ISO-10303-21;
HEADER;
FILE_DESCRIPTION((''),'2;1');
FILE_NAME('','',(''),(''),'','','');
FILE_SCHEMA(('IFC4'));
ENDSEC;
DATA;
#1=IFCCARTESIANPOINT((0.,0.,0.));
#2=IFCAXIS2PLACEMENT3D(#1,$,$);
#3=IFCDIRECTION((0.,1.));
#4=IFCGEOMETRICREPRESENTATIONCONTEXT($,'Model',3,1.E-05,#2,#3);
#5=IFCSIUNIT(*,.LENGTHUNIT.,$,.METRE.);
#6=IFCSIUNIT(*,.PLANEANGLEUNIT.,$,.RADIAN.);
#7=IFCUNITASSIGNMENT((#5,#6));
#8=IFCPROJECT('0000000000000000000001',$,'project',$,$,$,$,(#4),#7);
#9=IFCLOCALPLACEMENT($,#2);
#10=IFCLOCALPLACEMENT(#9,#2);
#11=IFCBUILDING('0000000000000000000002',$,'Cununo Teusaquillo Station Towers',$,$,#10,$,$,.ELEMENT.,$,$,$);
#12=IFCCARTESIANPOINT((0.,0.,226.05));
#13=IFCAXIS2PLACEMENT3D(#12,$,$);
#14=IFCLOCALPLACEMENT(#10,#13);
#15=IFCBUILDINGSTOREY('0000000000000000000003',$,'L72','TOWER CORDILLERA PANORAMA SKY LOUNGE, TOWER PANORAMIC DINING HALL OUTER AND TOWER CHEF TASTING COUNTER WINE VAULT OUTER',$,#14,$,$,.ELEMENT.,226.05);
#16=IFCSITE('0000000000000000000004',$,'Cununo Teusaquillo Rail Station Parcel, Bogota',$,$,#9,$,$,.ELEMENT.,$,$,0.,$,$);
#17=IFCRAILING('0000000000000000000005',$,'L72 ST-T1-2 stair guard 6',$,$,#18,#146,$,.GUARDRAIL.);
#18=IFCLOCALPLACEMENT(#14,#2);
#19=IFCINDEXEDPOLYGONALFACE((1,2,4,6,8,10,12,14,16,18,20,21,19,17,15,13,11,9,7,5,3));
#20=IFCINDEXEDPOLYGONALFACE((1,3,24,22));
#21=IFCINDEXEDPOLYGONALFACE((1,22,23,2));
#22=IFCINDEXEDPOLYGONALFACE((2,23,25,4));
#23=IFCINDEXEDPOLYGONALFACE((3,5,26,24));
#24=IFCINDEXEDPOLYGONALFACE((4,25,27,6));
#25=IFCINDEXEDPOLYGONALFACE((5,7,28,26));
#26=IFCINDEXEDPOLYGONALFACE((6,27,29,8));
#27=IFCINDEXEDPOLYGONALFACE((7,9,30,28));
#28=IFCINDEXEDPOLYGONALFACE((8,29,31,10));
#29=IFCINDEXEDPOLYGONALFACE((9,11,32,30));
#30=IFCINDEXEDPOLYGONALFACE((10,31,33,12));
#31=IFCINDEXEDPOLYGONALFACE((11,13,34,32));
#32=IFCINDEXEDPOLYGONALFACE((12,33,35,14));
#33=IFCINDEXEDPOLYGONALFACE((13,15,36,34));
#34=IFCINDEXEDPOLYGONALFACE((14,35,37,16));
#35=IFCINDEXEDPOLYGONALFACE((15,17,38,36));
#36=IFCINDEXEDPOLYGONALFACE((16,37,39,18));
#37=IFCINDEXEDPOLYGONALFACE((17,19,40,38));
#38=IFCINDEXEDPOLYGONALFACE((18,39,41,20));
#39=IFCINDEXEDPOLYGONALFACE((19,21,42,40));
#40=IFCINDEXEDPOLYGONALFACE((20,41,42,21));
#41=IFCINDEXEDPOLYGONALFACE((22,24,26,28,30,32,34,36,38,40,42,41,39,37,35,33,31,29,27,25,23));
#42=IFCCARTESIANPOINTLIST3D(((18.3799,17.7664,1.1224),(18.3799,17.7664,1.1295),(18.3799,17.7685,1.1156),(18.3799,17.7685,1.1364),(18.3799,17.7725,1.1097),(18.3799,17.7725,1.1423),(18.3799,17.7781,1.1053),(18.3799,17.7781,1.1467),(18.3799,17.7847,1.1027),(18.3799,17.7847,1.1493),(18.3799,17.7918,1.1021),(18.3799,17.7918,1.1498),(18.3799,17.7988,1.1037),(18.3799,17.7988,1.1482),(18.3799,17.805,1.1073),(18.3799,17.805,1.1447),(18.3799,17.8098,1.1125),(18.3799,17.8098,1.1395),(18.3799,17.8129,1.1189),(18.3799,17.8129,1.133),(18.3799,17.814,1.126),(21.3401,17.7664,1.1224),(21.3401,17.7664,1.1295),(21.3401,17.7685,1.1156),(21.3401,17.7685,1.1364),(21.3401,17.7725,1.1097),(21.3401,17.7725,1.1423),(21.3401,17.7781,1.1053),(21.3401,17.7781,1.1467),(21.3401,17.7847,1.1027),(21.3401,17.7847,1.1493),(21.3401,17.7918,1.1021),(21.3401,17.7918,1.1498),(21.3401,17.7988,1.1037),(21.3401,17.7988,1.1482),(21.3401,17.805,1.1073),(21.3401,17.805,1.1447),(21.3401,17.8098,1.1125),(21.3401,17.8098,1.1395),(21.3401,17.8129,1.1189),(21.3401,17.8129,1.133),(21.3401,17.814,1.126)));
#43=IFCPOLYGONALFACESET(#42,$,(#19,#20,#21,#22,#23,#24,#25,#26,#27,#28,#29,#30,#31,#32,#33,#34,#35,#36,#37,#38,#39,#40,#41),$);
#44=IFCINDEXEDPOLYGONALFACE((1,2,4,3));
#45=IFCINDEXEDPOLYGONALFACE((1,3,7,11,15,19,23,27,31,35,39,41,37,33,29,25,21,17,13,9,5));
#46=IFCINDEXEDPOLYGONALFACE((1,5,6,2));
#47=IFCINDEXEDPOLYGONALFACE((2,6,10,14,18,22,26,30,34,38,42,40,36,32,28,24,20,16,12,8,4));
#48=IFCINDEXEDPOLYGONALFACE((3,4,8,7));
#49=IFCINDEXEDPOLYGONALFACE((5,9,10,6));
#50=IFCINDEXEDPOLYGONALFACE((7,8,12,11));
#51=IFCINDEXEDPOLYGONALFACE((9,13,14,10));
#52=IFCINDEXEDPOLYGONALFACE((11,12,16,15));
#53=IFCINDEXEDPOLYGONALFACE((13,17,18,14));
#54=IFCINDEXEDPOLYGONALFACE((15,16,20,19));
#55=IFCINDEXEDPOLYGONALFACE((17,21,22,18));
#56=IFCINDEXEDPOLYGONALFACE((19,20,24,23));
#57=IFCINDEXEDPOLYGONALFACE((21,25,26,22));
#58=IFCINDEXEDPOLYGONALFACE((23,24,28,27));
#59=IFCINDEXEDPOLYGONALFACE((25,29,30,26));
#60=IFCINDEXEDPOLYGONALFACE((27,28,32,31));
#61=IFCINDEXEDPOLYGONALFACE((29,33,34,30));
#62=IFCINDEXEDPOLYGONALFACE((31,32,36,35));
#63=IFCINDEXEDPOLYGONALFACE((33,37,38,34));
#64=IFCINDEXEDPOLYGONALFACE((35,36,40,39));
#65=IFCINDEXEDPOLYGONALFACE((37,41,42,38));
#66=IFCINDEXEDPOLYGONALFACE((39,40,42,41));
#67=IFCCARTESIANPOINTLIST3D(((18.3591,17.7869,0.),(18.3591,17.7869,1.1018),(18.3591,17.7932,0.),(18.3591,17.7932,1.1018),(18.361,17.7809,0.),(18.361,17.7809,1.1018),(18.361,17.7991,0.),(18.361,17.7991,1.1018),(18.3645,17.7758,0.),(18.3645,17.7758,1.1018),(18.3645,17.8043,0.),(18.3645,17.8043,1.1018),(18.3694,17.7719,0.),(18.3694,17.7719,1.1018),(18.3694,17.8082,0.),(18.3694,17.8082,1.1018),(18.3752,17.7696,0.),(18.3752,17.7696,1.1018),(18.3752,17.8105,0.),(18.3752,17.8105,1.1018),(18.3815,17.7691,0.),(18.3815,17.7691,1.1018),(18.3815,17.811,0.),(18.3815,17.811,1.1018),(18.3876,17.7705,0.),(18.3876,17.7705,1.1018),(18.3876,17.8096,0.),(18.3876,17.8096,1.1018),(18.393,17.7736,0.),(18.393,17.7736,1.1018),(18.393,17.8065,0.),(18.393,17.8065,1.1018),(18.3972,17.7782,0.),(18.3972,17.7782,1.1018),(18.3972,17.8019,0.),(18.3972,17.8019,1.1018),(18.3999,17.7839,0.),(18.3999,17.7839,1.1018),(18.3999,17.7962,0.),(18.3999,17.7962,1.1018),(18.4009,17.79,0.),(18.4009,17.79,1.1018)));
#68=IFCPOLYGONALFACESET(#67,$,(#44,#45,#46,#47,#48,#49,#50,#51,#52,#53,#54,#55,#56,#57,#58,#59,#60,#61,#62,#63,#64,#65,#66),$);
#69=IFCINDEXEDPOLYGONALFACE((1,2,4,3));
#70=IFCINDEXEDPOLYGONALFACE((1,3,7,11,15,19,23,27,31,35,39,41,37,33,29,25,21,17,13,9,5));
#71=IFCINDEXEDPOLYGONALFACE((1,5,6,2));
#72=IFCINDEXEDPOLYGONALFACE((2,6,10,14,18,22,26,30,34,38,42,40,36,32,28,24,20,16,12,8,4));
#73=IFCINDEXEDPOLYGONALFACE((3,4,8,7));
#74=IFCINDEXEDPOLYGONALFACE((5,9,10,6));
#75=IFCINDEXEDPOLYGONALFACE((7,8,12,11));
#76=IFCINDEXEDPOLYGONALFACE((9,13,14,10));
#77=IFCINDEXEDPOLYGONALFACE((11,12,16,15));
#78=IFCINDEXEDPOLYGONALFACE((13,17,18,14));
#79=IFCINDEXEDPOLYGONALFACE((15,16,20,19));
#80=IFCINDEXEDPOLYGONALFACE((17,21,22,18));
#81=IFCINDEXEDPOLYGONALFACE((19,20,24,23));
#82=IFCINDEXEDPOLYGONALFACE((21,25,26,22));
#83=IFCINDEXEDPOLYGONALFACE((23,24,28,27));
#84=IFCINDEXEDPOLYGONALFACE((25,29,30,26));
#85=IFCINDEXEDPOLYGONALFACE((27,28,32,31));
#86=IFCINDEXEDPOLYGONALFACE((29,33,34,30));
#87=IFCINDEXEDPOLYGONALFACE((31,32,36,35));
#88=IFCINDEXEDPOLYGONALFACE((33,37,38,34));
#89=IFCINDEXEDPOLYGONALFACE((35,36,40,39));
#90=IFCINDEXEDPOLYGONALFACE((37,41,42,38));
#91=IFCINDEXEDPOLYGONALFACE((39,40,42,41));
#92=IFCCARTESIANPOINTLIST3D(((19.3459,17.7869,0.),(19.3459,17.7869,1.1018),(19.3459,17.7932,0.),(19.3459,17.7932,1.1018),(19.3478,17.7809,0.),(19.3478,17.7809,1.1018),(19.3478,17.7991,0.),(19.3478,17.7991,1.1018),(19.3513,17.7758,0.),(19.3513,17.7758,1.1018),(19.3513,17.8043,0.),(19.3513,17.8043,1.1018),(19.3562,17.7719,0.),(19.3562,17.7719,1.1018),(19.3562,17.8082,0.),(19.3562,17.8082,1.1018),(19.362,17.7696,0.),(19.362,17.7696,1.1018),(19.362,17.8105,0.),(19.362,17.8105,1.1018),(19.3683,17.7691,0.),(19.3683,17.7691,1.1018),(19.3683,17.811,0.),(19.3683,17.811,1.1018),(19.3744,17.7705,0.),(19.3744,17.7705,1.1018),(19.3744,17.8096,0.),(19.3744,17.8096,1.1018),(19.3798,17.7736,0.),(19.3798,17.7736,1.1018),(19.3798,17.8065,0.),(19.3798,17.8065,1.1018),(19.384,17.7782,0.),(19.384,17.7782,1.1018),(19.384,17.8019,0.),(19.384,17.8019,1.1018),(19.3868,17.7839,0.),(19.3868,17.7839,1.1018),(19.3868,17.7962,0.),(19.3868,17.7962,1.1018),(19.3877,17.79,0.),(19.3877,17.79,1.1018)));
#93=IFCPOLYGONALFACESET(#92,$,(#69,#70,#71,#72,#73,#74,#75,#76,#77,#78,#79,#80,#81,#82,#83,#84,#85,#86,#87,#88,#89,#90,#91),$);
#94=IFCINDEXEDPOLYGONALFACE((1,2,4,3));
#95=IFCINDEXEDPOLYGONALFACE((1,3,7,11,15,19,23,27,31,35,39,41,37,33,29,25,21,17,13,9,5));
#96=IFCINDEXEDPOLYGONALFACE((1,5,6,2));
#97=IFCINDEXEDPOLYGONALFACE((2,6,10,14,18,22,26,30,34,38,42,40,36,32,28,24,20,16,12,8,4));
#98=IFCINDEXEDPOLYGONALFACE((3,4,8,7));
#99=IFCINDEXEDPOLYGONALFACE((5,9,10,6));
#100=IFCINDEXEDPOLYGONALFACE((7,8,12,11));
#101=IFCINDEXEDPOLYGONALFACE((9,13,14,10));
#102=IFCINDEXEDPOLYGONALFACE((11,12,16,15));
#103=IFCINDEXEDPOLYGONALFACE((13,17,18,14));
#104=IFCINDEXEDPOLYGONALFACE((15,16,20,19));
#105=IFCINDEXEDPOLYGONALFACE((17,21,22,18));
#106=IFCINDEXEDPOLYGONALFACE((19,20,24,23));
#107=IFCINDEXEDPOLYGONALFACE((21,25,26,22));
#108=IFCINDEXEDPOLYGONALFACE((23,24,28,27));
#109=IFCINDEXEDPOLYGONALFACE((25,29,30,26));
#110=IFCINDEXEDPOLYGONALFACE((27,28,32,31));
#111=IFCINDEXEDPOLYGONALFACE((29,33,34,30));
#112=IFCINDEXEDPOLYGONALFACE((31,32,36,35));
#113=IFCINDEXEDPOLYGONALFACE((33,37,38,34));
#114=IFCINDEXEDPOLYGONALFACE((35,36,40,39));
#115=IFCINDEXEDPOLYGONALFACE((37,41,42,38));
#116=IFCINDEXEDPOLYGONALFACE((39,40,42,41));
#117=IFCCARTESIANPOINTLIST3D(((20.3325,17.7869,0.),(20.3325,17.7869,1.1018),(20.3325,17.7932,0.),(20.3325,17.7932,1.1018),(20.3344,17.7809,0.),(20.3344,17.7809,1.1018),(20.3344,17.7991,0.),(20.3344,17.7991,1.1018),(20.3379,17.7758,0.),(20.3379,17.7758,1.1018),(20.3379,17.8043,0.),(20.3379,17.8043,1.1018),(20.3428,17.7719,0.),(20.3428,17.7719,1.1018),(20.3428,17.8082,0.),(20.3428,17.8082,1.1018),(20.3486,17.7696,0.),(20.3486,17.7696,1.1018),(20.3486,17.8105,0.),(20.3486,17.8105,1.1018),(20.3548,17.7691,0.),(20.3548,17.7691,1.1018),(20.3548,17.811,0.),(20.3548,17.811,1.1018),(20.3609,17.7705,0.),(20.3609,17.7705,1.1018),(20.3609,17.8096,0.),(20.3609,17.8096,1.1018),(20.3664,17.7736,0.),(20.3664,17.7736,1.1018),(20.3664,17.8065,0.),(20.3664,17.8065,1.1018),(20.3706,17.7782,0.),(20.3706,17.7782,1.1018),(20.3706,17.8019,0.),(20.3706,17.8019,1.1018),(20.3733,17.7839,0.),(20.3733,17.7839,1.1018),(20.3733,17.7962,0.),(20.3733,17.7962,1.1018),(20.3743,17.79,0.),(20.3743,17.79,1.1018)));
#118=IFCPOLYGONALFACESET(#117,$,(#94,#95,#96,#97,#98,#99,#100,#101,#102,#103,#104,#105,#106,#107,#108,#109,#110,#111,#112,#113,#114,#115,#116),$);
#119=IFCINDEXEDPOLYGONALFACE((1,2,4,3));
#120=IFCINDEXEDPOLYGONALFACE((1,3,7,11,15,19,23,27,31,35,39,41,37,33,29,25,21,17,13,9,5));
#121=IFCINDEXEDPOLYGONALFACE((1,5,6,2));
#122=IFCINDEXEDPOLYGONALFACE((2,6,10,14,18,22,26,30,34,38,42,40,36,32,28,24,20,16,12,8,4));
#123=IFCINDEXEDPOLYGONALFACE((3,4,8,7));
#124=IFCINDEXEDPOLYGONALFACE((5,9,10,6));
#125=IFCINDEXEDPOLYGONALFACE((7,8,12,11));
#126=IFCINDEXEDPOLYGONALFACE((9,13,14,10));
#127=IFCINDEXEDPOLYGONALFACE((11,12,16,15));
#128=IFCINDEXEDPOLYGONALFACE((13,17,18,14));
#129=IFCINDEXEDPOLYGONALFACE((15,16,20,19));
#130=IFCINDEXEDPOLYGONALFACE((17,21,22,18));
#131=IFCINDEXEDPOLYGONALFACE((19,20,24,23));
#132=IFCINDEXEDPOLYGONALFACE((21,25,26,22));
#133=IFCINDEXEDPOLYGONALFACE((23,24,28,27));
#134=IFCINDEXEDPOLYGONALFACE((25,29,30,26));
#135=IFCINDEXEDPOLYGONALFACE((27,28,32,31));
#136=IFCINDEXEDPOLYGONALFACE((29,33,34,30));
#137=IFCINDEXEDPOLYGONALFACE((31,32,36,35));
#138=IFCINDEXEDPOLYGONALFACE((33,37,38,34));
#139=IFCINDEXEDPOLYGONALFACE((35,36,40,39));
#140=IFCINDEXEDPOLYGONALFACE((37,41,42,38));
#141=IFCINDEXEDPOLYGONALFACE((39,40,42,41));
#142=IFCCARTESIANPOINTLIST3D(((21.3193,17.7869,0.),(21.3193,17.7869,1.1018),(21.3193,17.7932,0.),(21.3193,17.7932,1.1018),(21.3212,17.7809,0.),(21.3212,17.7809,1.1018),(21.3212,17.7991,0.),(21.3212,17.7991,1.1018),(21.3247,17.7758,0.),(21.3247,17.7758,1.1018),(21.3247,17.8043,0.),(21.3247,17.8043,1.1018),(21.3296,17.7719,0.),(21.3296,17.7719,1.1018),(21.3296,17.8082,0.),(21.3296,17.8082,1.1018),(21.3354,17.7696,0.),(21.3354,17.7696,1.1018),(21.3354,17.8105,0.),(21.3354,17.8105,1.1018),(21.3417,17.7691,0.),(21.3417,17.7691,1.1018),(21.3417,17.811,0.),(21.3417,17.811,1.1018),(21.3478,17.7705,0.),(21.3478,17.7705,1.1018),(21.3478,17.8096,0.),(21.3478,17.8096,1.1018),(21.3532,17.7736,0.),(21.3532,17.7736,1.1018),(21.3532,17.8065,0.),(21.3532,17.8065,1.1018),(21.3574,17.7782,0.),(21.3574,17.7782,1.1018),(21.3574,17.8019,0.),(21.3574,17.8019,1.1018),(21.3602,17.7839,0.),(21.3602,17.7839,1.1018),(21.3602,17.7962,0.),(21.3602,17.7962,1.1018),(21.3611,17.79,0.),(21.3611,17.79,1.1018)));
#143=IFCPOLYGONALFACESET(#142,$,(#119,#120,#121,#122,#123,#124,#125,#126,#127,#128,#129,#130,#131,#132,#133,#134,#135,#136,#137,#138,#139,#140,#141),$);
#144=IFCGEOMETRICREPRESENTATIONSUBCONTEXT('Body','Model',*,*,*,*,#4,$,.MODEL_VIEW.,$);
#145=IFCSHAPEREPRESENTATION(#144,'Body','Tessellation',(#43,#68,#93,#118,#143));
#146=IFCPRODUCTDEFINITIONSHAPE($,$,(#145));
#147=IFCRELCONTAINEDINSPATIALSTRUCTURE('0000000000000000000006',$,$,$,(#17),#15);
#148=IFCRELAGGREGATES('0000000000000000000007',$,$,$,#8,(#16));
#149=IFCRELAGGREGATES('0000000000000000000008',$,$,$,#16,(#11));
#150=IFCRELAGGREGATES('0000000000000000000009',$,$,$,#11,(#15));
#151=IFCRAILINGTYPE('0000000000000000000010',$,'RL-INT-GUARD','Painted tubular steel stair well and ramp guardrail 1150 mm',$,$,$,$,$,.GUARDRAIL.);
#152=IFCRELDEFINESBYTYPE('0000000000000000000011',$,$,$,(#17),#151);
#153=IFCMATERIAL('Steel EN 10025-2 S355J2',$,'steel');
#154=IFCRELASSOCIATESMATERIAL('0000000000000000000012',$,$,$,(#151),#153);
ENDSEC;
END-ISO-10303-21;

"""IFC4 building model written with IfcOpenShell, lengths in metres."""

from ifc_helpers import new_model, si_unit, direction, frame, origin, origin_2d, place, context, subcontext, project, spatial, circle, extrude, material, type_object, element, save


model = new_model("IFC4")

# Units and contexts
model_context = context("Model", 3, precision=1e-05, world=origin(), true_north=direction((0.0, 1.0)))
body_context = subcontext(model_context, "Body", "Model", "MODEL_VIEW")
ifc_project = project(units=[si_unit("LENGTHUNIT", "METRE"), si_unit("PLANEANGLEUNIT", "RADIAN")], contexts=[model_context])

# Site, building, storey
site_placement = place(None, origin())
site = spatial("IfcSite", under=ifc_project, at=site_placement, Name="Cununo Teusaquillo Rail Station Parcel, Bogota", CompositionType="ELEMENT", RefElevation=0.0)
building_placement = place(site_placement, origin())
building = spatial("IfcBuilding", under=site, at=building_placement, Name="Cununo Teusaquillo Station Towers", CompositionType="ELEMENT")
storey_placement = place(building_placement, frame((0.0, 0.0, 226.05)))
storey = spatial("IfcBuildingStorey", under=building, at=storey_placement, Name="L72", Description="TOWER CORDILLERA PANORAMA SKY LOUNGE, TOWER PANORAMIC DINING HALL OUTER AND TOWER CHEF TASTING COUNTER WINE VAULT OUTER", CompositionType="ELEMENT", Elevation=226.05)

# Railing
ifc_material_1 = material(Name="Steel EN 10025-2 S355J2", Category="steel")
railing_type_1 = type_object("IfcRailingType", Name="RL-INT-GUARD", Description="Painted tubular steel stair well and ramp guardrail 1150 mm", PredefinedType="GUARDRAIL", material=ifc_material_1)
railing_1_placement = place(storey_placement, frame((18.3799, 17.79, 0.0)))
element("IfcRailing", 1, at=railing_1_placement, inside=storey, type_object=railing_type_1, Name="L72 ST-T1-2 stair guard 6", PredefinedType="GUARDRAIL", context=body_context, shape_type="SweptSolid", body=[
    extrude(circle(Radius=0.0239, at=origin_2d()), frame((0.0, 0.0, 1.126), z_axis=(1.0, 0.0, 0.0), x_axis=(0.0, 1.0, 0.0)), (0.0, 0.0, 1.0), 2.9602),
    extrude(circle(Radius=0.021, at=origin_2d()), origin(), (0.0, 0.0, 1.0), 1.1018),
    extrude(circle(Radius=0.021, at=origin_2d()), frame((0.9868, 0.0, 0.0)), (0.0, 0.0, 1.0), 1.1018),
    extrude(circle(Radius=0.021, at=origin_2d()), frame((1.9734, 0.0, 0.0)), (0.0, 0.0, 1.0), 1.1018),
    extrude(circle(Radius=0.021, at=origin_2d()), frame((2.9602, 0.0, 0.0)), (0.0, 0.0, 1.0), 1.1018),
])

save(model, "model.ifc")
